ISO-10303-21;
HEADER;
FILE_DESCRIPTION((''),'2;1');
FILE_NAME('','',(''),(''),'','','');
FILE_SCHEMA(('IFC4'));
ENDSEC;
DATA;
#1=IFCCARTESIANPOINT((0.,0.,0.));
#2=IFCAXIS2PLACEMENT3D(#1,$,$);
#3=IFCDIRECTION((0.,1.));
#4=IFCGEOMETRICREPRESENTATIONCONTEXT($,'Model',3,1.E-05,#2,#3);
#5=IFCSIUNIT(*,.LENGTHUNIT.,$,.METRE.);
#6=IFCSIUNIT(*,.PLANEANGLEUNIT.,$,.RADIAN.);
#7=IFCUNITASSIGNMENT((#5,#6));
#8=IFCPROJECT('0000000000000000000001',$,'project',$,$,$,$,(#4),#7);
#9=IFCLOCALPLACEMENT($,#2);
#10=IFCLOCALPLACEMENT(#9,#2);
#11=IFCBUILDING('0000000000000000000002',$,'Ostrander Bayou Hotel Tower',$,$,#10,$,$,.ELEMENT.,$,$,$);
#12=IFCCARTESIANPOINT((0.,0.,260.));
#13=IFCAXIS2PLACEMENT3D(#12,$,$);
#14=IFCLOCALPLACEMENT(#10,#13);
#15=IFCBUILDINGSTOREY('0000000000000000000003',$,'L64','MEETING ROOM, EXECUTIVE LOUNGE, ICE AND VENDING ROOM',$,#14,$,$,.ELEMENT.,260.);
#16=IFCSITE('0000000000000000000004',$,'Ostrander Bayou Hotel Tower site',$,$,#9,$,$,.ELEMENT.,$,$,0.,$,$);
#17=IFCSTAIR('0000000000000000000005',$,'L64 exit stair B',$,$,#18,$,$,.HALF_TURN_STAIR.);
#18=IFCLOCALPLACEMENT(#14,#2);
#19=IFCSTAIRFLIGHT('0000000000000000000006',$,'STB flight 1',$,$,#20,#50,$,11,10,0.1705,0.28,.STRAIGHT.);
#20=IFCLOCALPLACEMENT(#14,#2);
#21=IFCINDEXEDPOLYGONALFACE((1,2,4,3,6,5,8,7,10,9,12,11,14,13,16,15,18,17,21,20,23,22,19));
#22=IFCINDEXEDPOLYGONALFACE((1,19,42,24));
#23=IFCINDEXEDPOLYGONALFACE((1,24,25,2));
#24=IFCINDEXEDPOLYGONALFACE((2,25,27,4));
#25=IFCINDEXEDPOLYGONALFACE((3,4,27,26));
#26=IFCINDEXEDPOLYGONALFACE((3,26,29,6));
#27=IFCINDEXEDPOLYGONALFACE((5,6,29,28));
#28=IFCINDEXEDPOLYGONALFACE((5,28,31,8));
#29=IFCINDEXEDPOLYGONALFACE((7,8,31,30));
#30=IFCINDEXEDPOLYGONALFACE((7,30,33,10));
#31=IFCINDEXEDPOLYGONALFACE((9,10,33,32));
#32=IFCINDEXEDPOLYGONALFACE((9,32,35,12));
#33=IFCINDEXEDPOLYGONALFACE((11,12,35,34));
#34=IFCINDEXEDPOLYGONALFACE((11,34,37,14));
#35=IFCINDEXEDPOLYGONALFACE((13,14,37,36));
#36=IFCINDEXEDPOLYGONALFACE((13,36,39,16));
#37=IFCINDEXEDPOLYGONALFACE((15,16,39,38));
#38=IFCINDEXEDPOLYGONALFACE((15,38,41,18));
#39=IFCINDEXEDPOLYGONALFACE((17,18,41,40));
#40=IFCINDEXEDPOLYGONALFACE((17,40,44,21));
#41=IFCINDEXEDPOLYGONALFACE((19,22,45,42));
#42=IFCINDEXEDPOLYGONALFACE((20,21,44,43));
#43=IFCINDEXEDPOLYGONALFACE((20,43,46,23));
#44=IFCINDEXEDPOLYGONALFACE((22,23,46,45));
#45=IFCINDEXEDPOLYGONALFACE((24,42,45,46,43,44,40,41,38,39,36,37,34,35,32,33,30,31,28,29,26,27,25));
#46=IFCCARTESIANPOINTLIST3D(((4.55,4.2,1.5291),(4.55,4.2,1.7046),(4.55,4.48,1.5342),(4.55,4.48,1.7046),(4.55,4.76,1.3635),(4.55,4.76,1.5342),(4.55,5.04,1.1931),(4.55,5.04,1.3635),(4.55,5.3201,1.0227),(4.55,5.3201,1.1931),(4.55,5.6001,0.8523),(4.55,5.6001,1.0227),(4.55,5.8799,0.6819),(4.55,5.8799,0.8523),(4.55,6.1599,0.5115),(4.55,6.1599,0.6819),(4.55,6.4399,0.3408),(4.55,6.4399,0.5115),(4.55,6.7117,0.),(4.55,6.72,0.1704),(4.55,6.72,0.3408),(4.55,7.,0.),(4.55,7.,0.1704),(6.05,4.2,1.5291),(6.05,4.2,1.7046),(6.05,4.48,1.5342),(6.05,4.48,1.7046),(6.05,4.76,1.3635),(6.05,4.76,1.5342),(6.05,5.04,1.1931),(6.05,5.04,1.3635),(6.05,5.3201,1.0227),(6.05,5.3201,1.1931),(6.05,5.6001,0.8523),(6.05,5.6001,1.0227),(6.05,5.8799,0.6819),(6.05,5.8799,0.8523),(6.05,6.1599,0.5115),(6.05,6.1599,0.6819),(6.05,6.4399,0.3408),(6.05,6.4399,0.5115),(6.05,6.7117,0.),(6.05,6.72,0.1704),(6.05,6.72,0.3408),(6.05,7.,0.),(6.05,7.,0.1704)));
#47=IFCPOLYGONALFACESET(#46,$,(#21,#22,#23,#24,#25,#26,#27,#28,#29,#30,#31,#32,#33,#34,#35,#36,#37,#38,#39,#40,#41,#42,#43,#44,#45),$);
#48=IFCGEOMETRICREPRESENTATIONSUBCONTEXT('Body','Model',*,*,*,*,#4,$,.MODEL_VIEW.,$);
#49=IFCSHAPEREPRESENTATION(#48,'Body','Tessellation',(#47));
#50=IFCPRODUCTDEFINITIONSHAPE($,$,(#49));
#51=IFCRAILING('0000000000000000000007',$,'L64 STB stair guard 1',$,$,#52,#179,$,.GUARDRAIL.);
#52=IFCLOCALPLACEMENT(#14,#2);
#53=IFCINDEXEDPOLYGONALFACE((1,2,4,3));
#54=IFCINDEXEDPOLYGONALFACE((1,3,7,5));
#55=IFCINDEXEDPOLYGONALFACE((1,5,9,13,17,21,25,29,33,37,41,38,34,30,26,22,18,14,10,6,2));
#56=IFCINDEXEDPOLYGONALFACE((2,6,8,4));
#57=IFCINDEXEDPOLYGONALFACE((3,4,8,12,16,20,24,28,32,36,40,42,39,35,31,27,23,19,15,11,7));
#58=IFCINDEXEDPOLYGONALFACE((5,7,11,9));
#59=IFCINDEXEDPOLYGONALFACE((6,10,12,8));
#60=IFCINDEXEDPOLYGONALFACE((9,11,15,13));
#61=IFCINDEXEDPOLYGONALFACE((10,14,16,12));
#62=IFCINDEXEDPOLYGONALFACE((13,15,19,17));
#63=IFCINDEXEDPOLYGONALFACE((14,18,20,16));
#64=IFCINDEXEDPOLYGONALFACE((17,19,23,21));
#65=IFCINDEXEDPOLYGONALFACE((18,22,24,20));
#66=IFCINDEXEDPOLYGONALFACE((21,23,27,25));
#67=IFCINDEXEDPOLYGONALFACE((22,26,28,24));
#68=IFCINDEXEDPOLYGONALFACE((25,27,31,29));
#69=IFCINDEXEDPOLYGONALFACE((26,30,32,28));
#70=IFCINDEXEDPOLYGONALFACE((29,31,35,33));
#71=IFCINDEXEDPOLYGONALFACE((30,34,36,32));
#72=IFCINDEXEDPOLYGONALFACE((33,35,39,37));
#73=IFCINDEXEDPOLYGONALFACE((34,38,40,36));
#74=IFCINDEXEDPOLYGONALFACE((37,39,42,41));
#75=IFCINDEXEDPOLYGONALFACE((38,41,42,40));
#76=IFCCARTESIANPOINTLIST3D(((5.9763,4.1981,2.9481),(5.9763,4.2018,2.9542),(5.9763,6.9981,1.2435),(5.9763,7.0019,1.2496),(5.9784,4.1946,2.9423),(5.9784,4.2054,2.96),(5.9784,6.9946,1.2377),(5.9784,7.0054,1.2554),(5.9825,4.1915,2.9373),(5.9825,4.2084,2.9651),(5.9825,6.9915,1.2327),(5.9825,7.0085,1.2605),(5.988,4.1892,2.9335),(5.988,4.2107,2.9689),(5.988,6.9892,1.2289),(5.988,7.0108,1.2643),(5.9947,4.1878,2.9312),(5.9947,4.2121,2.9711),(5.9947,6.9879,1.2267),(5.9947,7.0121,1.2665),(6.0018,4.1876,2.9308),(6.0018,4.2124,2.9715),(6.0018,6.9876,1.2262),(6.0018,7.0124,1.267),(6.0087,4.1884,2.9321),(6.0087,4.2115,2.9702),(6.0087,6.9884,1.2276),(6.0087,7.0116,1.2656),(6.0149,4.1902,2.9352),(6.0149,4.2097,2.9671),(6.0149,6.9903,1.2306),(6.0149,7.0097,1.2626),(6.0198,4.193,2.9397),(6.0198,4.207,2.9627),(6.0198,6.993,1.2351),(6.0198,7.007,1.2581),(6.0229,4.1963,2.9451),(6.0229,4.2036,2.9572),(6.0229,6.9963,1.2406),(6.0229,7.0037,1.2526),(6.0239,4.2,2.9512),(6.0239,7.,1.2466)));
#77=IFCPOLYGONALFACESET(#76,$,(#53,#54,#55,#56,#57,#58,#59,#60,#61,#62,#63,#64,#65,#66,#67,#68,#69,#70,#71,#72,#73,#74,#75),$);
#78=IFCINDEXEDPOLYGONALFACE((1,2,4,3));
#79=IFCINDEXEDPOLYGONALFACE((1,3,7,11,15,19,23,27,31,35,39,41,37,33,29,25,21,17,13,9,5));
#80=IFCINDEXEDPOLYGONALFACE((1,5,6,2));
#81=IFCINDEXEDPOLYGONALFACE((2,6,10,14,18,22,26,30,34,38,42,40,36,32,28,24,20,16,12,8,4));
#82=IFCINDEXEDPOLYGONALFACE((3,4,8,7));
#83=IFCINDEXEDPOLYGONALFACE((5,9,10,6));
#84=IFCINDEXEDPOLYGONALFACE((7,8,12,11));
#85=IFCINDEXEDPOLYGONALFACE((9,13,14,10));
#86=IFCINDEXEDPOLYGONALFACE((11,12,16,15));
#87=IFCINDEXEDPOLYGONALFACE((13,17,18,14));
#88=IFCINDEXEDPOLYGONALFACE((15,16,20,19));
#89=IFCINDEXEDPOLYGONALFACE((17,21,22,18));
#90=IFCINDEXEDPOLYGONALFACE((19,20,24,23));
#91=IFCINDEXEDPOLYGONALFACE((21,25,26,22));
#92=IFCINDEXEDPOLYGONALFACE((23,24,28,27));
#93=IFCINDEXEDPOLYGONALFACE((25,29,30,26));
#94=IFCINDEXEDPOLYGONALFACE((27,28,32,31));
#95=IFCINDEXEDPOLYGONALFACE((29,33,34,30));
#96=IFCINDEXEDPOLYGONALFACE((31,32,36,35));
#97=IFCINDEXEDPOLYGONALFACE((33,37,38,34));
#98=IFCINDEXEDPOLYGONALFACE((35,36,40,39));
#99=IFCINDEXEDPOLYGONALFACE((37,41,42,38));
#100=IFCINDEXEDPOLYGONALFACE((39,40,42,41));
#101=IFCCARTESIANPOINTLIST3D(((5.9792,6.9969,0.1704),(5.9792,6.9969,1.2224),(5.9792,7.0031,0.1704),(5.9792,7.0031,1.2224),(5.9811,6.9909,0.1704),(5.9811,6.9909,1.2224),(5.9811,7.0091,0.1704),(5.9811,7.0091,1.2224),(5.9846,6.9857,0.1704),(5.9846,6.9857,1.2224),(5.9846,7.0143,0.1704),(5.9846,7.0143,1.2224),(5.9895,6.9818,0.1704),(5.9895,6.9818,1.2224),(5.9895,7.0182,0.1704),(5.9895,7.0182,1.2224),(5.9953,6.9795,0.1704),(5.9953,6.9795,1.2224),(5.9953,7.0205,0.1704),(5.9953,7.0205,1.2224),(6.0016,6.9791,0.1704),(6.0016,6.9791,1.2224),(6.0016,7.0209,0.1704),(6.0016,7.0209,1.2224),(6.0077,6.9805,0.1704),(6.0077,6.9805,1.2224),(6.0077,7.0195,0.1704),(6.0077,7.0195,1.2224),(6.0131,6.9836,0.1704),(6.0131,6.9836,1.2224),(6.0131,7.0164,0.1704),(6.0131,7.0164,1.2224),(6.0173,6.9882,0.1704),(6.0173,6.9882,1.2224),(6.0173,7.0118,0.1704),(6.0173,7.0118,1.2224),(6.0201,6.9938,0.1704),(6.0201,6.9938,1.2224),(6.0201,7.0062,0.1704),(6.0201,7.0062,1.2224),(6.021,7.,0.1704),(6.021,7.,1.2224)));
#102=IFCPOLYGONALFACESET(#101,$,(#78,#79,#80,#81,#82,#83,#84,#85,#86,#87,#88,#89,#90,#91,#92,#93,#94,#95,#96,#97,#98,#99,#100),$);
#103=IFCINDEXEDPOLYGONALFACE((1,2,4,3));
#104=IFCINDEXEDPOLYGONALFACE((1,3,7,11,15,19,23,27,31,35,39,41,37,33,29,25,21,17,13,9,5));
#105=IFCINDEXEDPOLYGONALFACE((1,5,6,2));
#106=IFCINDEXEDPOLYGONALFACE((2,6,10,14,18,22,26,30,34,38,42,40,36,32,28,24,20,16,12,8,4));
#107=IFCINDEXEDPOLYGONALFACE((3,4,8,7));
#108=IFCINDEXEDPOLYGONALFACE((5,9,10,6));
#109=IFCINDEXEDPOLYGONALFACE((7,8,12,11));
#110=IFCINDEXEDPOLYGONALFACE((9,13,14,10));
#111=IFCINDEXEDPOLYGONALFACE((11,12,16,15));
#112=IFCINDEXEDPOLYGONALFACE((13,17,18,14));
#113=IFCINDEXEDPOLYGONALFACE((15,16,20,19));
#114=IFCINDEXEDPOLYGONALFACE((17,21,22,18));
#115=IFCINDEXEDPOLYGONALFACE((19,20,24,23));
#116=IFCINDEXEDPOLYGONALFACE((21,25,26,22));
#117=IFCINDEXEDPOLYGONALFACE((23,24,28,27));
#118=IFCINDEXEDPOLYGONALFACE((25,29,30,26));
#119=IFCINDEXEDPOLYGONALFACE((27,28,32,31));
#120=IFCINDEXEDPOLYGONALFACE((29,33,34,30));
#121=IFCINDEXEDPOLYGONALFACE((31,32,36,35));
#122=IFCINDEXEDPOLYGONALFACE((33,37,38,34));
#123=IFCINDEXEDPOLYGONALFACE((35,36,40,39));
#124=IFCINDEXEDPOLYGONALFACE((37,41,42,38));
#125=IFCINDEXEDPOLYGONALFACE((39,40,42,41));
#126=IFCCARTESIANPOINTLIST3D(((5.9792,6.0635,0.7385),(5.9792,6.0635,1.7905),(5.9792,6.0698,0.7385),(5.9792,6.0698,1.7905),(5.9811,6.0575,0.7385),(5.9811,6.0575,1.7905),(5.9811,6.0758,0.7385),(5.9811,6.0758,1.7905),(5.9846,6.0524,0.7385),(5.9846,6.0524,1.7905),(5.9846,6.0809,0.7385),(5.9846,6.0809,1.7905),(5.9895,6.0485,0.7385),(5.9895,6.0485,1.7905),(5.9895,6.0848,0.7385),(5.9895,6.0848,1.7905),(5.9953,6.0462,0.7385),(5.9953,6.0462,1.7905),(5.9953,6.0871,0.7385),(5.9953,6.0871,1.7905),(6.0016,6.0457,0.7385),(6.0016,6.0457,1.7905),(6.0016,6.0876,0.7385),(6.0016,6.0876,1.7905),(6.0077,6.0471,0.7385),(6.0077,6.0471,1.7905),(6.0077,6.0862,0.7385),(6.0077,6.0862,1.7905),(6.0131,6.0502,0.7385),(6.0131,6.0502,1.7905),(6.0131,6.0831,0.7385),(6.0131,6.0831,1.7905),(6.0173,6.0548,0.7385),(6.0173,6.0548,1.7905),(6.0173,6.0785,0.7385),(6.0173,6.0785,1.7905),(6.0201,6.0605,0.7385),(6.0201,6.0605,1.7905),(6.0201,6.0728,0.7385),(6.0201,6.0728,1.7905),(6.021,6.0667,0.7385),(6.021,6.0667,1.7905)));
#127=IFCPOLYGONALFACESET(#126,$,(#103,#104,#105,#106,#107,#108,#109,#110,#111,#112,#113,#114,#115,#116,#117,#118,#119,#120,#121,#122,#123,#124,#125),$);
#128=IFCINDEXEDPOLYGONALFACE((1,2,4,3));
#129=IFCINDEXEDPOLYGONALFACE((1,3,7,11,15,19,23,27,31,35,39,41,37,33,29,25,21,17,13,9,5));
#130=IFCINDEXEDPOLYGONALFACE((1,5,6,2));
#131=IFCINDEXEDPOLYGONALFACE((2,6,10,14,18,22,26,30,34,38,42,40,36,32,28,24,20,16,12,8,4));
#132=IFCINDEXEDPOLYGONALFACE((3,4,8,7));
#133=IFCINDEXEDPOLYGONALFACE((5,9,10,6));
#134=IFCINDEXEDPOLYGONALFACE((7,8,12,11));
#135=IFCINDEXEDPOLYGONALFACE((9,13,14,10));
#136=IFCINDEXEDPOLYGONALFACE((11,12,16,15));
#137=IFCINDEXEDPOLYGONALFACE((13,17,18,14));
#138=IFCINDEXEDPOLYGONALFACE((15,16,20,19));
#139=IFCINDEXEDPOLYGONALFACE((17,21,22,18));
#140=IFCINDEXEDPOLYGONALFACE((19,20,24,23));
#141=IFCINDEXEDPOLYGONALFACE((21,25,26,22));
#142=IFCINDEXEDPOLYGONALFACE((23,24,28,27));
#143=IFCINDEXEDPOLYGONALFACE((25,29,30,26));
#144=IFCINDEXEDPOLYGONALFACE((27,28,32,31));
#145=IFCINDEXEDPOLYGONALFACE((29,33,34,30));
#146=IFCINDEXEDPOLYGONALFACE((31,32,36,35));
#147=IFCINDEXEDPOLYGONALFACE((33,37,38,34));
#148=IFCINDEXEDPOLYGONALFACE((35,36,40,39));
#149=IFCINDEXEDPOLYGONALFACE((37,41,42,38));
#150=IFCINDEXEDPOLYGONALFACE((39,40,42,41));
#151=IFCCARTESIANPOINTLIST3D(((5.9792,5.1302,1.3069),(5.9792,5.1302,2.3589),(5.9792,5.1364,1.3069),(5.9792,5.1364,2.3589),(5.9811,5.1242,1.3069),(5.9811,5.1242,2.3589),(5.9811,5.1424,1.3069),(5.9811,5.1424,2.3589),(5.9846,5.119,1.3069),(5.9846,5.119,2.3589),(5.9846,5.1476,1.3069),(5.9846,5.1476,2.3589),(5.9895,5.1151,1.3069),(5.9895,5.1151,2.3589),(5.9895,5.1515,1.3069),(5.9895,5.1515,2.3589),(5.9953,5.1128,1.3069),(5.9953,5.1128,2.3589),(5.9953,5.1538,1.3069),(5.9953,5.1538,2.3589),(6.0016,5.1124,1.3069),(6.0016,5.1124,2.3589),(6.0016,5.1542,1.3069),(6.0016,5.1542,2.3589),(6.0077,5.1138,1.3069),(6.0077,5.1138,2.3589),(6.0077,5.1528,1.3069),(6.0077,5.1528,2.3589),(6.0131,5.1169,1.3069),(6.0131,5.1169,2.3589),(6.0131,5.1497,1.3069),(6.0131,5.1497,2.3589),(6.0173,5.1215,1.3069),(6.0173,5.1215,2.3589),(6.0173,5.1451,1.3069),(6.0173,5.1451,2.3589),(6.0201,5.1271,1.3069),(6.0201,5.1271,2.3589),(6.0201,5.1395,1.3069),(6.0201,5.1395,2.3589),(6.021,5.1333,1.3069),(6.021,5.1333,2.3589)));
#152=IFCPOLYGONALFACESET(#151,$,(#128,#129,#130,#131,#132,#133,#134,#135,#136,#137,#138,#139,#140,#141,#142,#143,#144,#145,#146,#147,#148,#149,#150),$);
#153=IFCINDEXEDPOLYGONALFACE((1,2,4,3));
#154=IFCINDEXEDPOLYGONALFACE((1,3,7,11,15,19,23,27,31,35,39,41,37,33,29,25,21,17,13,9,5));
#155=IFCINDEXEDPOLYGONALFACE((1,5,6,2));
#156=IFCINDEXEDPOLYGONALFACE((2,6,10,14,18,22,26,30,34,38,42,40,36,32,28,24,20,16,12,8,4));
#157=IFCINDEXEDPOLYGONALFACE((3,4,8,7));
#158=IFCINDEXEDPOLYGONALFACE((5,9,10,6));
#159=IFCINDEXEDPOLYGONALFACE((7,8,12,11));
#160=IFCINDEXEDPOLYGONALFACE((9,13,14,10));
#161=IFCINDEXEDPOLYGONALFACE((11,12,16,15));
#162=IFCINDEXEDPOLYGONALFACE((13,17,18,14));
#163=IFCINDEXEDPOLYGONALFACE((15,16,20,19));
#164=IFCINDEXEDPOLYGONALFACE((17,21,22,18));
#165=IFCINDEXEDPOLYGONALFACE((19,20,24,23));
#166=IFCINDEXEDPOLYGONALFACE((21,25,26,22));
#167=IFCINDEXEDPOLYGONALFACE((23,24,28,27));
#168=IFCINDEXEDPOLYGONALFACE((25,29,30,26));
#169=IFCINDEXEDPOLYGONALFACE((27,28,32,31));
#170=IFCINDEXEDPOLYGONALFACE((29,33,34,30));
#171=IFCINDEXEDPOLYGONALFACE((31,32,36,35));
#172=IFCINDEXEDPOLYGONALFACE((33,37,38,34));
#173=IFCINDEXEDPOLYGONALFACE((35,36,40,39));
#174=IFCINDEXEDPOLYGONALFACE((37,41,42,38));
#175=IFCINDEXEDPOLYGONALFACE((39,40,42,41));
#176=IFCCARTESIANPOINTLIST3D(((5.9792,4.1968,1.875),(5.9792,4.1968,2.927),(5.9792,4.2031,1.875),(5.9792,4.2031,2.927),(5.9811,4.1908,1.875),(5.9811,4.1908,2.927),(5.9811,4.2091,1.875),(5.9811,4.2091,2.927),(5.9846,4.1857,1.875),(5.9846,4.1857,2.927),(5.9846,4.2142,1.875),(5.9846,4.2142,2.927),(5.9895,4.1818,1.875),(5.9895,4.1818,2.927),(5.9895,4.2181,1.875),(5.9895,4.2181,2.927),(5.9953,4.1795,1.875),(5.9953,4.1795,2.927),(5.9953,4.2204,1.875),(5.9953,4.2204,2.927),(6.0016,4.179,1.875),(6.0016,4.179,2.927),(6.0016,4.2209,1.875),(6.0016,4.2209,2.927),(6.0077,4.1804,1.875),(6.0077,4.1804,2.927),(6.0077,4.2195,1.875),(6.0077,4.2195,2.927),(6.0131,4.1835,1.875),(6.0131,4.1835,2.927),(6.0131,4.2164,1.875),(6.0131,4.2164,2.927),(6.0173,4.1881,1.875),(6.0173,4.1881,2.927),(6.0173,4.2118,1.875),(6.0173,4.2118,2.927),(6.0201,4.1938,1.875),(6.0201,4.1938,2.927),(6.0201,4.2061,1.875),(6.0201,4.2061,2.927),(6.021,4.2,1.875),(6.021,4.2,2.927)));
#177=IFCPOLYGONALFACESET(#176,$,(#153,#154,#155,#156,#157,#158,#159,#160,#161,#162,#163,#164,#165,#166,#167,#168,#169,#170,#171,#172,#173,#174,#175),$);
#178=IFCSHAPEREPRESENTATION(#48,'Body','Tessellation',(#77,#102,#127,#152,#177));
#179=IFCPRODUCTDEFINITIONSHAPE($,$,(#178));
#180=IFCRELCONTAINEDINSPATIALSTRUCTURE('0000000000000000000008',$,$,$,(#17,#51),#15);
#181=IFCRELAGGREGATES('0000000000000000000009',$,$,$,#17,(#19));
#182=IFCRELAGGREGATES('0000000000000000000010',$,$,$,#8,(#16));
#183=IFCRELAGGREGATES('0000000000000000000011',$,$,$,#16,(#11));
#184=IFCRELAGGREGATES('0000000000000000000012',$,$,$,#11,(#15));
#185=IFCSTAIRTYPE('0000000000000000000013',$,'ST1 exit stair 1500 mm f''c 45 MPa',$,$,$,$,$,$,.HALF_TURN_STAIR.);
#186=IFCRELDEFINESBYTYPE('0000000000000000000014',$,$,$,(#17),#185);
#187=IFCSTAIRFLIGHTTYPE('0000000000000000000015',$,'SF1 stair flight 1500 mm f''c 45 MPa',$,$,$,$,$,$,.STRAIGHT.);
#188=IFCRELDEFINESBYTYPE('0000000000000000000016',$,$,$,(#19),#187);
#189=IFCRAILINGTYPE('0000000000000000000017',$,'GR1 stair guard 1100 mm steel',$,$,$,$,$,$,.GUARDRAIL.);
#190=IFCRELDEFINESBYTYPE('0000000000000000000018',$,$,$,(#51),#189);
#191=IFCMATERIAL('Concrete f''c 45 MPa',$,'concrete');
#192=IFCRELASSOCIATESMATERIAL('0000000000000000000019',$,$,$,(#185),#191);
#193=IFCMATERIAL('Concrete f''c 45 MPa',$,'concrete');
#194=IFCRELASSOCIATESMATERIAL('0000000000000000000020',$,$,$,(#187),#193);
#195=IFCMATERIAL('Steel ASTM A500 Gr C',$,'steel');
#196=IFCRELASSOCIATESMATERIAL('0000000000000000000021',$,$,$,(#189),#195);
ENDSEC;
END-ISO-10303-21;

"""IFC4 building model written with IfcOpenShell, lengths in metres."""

from ifc_helpers import new_model, si_unit, direction, frame, origin, origin_2d, place, context, subcontext, project, spatial, polyline, circle, outline, extrude, material, type_object, element, aggregate, save


model = new_model("IFC4")

# Units and contexts
model_context = context("Model", 3, precision=1e-05, world=origin(), true_north=direction((0.0, 1.0)))
body_context = subcontext(model_context, "Body", "Model", "MODEL_VIEW")
ifc_project = project(units=[si_unit("LENGTHUNIT", "METRE"), si_unit("PLANEANGLEUNIT", "RADIAN")], contexts=[model_context])

# Site, building, storey
site_placement = place(None, origin())
site = spatial("IfcSite", under=ifc_project, at=site_placement, Name="Ostrander Bayou Hotel Tower site", CompositionType="ELEMENT", RefElevation=0.0)
building_placement = place(site_placement, origin())
building = spatial("IfcBuilding", under=site, at=building_placement, Name="Ostrander Bayou Hotel Tower", CompositionType="ELEMENT")
storey_placement = place(building_placement, frame((0.0, 0.0, 260.0)))
storey = spatial("IfcBuildingStorey", under=building, at=storey_placement, Name="L64", Description="MEETING ROOM, EXECUTIVE LOUNGE, ICE AND VENDING ROOM", CompositionType="ELEMENT", Elevation=260.0)

# Stair, stair flight
ifc_material_1 = material(Name="Concrete f'c 45 MPa", Category="concrete")
stair_type = type_object("IfcStairType", Name="ST1 exit stair 1500 mm f'c 45 MPa", PredefinedType="HALF_TURN_STAIR", material=ifc_material_1)
stair_placement = place(storey_placement, origin())
stair = element("IfcStair", 1, at=stair_placement, inside=storey, type_object=stair_type, Name="L64 exit stair B", PredefinedType="HALF_TURN_STAIR")
ifc_material_2 = material(Name="Concrete f'c 45 MPa", Category="concrete")
stair_flight_type = type_object("IfcStairFlightType", Name="SF1 stair flight 1500 mm f'c 45 MPa", PredefinedType="STRAIGHT", material=ifc_material_2)
stair_flight_placement = place(storey_placement, frame((5.3, 7.0, 0.0), z_axis=(0.0, 0.0, 1.0), x_axis=(0.0, -1.0, 0.0)))
stair_flight = element("IfcStairFlight", 2, at=stair_flight_placement, type_object=stair_flight_type, Name="STB flight 1", NumberOfRisers=11, NumberOfTreads=10, PredefinedType="STRAIGHT", RiserHeight=0.1705, TreadLength=0.28, context=body_context, shape_type="SweptSolid", body=[
    extrude(outline(polyline([(0.0, 0.0), (0.0, 0.1704), (0.28, 0.1704), (0.28, 0.3408), (0.5601, 0.3408), (0.5601, 0.5115), (0.8401, 0.5115), (0.8401, 0.6819), (1.1201, 0.6819), (1.1201, 0.8523), (1.3999, 0.8523), (1.3999, 1.0227), (1.6799, 1.0227), (1.6799, 1.1931), (1.96, 1.1931), (1.96, 1.3635), (2.24, 1.3635), (2.24, 1.5342), (2.52, 1.5342), (2.52, 1.7046), (2.8, 1.7046), (2.8, 1.875), (2.8, 1.5291), (0.2883, 0.0), (0.0, 0.0)])), frame((0.0, 0.75, 0.0), z_axis=(0.0, -1.0, 0.0), x_axis=(1.0, 0.0, 0.0)), (0.0, 0.0, 1.0), 1.5),
])
aggregate(stair, [stair_flight])

# Railing
ifc_material_3 = material(Name="Steel ASTM A500 Gr C", Category="steel")
railing_type_1 = type_object("IfcRailingType", Name="GR1 stair guard 1100 mm steel", PredefinedType="GUARDRAIL", material=ifc_material_3)
railing_1_placement = place(storey_placement, frame((6.0, 7.0, 0.1704)))
element("IfcRailing", 3, at=railing_1_placement, inside=storey, type_object=railing_type_1, Name="L64 STB stair guard 1", PredefinedType="GUARDRAIL", context=body_context, shape_type="SweptSolid", body=[
    extrude(circle(Radius=0.0239, at=origin_2d()), frame((0.0, 0.0, 1.0762), z_axis=(0.0, -0.85417, 0.519994), x_axis=(1.0, 0.0, 0.0)), (0.0, 0.0, 1.0), 3.2781),
    extrude(circle(Radius=0.021, at=origin_2d()), origin(), (0.0, 0.0, 1.0), 1.052),
    extrude(circle(Radius=0.021, at=origin_2d()), frame((0.0, -0.9333, 0.5681)), (0.0, 0.0, 1.0), 1.052),
    extrude(circle(Radius=0.021, at=origin_2d()), frame((0.0, -1.8667, 1.1365)), (0.0, 0.0, 1.0), 1.052),
    extrude(circle(Radius=0.021, at=origin_2d()), frame((0.0, -2.8, 1.7046)), (0.0, 0.0, 1.0), 1.052),
])

save(model, "model.ifc")
